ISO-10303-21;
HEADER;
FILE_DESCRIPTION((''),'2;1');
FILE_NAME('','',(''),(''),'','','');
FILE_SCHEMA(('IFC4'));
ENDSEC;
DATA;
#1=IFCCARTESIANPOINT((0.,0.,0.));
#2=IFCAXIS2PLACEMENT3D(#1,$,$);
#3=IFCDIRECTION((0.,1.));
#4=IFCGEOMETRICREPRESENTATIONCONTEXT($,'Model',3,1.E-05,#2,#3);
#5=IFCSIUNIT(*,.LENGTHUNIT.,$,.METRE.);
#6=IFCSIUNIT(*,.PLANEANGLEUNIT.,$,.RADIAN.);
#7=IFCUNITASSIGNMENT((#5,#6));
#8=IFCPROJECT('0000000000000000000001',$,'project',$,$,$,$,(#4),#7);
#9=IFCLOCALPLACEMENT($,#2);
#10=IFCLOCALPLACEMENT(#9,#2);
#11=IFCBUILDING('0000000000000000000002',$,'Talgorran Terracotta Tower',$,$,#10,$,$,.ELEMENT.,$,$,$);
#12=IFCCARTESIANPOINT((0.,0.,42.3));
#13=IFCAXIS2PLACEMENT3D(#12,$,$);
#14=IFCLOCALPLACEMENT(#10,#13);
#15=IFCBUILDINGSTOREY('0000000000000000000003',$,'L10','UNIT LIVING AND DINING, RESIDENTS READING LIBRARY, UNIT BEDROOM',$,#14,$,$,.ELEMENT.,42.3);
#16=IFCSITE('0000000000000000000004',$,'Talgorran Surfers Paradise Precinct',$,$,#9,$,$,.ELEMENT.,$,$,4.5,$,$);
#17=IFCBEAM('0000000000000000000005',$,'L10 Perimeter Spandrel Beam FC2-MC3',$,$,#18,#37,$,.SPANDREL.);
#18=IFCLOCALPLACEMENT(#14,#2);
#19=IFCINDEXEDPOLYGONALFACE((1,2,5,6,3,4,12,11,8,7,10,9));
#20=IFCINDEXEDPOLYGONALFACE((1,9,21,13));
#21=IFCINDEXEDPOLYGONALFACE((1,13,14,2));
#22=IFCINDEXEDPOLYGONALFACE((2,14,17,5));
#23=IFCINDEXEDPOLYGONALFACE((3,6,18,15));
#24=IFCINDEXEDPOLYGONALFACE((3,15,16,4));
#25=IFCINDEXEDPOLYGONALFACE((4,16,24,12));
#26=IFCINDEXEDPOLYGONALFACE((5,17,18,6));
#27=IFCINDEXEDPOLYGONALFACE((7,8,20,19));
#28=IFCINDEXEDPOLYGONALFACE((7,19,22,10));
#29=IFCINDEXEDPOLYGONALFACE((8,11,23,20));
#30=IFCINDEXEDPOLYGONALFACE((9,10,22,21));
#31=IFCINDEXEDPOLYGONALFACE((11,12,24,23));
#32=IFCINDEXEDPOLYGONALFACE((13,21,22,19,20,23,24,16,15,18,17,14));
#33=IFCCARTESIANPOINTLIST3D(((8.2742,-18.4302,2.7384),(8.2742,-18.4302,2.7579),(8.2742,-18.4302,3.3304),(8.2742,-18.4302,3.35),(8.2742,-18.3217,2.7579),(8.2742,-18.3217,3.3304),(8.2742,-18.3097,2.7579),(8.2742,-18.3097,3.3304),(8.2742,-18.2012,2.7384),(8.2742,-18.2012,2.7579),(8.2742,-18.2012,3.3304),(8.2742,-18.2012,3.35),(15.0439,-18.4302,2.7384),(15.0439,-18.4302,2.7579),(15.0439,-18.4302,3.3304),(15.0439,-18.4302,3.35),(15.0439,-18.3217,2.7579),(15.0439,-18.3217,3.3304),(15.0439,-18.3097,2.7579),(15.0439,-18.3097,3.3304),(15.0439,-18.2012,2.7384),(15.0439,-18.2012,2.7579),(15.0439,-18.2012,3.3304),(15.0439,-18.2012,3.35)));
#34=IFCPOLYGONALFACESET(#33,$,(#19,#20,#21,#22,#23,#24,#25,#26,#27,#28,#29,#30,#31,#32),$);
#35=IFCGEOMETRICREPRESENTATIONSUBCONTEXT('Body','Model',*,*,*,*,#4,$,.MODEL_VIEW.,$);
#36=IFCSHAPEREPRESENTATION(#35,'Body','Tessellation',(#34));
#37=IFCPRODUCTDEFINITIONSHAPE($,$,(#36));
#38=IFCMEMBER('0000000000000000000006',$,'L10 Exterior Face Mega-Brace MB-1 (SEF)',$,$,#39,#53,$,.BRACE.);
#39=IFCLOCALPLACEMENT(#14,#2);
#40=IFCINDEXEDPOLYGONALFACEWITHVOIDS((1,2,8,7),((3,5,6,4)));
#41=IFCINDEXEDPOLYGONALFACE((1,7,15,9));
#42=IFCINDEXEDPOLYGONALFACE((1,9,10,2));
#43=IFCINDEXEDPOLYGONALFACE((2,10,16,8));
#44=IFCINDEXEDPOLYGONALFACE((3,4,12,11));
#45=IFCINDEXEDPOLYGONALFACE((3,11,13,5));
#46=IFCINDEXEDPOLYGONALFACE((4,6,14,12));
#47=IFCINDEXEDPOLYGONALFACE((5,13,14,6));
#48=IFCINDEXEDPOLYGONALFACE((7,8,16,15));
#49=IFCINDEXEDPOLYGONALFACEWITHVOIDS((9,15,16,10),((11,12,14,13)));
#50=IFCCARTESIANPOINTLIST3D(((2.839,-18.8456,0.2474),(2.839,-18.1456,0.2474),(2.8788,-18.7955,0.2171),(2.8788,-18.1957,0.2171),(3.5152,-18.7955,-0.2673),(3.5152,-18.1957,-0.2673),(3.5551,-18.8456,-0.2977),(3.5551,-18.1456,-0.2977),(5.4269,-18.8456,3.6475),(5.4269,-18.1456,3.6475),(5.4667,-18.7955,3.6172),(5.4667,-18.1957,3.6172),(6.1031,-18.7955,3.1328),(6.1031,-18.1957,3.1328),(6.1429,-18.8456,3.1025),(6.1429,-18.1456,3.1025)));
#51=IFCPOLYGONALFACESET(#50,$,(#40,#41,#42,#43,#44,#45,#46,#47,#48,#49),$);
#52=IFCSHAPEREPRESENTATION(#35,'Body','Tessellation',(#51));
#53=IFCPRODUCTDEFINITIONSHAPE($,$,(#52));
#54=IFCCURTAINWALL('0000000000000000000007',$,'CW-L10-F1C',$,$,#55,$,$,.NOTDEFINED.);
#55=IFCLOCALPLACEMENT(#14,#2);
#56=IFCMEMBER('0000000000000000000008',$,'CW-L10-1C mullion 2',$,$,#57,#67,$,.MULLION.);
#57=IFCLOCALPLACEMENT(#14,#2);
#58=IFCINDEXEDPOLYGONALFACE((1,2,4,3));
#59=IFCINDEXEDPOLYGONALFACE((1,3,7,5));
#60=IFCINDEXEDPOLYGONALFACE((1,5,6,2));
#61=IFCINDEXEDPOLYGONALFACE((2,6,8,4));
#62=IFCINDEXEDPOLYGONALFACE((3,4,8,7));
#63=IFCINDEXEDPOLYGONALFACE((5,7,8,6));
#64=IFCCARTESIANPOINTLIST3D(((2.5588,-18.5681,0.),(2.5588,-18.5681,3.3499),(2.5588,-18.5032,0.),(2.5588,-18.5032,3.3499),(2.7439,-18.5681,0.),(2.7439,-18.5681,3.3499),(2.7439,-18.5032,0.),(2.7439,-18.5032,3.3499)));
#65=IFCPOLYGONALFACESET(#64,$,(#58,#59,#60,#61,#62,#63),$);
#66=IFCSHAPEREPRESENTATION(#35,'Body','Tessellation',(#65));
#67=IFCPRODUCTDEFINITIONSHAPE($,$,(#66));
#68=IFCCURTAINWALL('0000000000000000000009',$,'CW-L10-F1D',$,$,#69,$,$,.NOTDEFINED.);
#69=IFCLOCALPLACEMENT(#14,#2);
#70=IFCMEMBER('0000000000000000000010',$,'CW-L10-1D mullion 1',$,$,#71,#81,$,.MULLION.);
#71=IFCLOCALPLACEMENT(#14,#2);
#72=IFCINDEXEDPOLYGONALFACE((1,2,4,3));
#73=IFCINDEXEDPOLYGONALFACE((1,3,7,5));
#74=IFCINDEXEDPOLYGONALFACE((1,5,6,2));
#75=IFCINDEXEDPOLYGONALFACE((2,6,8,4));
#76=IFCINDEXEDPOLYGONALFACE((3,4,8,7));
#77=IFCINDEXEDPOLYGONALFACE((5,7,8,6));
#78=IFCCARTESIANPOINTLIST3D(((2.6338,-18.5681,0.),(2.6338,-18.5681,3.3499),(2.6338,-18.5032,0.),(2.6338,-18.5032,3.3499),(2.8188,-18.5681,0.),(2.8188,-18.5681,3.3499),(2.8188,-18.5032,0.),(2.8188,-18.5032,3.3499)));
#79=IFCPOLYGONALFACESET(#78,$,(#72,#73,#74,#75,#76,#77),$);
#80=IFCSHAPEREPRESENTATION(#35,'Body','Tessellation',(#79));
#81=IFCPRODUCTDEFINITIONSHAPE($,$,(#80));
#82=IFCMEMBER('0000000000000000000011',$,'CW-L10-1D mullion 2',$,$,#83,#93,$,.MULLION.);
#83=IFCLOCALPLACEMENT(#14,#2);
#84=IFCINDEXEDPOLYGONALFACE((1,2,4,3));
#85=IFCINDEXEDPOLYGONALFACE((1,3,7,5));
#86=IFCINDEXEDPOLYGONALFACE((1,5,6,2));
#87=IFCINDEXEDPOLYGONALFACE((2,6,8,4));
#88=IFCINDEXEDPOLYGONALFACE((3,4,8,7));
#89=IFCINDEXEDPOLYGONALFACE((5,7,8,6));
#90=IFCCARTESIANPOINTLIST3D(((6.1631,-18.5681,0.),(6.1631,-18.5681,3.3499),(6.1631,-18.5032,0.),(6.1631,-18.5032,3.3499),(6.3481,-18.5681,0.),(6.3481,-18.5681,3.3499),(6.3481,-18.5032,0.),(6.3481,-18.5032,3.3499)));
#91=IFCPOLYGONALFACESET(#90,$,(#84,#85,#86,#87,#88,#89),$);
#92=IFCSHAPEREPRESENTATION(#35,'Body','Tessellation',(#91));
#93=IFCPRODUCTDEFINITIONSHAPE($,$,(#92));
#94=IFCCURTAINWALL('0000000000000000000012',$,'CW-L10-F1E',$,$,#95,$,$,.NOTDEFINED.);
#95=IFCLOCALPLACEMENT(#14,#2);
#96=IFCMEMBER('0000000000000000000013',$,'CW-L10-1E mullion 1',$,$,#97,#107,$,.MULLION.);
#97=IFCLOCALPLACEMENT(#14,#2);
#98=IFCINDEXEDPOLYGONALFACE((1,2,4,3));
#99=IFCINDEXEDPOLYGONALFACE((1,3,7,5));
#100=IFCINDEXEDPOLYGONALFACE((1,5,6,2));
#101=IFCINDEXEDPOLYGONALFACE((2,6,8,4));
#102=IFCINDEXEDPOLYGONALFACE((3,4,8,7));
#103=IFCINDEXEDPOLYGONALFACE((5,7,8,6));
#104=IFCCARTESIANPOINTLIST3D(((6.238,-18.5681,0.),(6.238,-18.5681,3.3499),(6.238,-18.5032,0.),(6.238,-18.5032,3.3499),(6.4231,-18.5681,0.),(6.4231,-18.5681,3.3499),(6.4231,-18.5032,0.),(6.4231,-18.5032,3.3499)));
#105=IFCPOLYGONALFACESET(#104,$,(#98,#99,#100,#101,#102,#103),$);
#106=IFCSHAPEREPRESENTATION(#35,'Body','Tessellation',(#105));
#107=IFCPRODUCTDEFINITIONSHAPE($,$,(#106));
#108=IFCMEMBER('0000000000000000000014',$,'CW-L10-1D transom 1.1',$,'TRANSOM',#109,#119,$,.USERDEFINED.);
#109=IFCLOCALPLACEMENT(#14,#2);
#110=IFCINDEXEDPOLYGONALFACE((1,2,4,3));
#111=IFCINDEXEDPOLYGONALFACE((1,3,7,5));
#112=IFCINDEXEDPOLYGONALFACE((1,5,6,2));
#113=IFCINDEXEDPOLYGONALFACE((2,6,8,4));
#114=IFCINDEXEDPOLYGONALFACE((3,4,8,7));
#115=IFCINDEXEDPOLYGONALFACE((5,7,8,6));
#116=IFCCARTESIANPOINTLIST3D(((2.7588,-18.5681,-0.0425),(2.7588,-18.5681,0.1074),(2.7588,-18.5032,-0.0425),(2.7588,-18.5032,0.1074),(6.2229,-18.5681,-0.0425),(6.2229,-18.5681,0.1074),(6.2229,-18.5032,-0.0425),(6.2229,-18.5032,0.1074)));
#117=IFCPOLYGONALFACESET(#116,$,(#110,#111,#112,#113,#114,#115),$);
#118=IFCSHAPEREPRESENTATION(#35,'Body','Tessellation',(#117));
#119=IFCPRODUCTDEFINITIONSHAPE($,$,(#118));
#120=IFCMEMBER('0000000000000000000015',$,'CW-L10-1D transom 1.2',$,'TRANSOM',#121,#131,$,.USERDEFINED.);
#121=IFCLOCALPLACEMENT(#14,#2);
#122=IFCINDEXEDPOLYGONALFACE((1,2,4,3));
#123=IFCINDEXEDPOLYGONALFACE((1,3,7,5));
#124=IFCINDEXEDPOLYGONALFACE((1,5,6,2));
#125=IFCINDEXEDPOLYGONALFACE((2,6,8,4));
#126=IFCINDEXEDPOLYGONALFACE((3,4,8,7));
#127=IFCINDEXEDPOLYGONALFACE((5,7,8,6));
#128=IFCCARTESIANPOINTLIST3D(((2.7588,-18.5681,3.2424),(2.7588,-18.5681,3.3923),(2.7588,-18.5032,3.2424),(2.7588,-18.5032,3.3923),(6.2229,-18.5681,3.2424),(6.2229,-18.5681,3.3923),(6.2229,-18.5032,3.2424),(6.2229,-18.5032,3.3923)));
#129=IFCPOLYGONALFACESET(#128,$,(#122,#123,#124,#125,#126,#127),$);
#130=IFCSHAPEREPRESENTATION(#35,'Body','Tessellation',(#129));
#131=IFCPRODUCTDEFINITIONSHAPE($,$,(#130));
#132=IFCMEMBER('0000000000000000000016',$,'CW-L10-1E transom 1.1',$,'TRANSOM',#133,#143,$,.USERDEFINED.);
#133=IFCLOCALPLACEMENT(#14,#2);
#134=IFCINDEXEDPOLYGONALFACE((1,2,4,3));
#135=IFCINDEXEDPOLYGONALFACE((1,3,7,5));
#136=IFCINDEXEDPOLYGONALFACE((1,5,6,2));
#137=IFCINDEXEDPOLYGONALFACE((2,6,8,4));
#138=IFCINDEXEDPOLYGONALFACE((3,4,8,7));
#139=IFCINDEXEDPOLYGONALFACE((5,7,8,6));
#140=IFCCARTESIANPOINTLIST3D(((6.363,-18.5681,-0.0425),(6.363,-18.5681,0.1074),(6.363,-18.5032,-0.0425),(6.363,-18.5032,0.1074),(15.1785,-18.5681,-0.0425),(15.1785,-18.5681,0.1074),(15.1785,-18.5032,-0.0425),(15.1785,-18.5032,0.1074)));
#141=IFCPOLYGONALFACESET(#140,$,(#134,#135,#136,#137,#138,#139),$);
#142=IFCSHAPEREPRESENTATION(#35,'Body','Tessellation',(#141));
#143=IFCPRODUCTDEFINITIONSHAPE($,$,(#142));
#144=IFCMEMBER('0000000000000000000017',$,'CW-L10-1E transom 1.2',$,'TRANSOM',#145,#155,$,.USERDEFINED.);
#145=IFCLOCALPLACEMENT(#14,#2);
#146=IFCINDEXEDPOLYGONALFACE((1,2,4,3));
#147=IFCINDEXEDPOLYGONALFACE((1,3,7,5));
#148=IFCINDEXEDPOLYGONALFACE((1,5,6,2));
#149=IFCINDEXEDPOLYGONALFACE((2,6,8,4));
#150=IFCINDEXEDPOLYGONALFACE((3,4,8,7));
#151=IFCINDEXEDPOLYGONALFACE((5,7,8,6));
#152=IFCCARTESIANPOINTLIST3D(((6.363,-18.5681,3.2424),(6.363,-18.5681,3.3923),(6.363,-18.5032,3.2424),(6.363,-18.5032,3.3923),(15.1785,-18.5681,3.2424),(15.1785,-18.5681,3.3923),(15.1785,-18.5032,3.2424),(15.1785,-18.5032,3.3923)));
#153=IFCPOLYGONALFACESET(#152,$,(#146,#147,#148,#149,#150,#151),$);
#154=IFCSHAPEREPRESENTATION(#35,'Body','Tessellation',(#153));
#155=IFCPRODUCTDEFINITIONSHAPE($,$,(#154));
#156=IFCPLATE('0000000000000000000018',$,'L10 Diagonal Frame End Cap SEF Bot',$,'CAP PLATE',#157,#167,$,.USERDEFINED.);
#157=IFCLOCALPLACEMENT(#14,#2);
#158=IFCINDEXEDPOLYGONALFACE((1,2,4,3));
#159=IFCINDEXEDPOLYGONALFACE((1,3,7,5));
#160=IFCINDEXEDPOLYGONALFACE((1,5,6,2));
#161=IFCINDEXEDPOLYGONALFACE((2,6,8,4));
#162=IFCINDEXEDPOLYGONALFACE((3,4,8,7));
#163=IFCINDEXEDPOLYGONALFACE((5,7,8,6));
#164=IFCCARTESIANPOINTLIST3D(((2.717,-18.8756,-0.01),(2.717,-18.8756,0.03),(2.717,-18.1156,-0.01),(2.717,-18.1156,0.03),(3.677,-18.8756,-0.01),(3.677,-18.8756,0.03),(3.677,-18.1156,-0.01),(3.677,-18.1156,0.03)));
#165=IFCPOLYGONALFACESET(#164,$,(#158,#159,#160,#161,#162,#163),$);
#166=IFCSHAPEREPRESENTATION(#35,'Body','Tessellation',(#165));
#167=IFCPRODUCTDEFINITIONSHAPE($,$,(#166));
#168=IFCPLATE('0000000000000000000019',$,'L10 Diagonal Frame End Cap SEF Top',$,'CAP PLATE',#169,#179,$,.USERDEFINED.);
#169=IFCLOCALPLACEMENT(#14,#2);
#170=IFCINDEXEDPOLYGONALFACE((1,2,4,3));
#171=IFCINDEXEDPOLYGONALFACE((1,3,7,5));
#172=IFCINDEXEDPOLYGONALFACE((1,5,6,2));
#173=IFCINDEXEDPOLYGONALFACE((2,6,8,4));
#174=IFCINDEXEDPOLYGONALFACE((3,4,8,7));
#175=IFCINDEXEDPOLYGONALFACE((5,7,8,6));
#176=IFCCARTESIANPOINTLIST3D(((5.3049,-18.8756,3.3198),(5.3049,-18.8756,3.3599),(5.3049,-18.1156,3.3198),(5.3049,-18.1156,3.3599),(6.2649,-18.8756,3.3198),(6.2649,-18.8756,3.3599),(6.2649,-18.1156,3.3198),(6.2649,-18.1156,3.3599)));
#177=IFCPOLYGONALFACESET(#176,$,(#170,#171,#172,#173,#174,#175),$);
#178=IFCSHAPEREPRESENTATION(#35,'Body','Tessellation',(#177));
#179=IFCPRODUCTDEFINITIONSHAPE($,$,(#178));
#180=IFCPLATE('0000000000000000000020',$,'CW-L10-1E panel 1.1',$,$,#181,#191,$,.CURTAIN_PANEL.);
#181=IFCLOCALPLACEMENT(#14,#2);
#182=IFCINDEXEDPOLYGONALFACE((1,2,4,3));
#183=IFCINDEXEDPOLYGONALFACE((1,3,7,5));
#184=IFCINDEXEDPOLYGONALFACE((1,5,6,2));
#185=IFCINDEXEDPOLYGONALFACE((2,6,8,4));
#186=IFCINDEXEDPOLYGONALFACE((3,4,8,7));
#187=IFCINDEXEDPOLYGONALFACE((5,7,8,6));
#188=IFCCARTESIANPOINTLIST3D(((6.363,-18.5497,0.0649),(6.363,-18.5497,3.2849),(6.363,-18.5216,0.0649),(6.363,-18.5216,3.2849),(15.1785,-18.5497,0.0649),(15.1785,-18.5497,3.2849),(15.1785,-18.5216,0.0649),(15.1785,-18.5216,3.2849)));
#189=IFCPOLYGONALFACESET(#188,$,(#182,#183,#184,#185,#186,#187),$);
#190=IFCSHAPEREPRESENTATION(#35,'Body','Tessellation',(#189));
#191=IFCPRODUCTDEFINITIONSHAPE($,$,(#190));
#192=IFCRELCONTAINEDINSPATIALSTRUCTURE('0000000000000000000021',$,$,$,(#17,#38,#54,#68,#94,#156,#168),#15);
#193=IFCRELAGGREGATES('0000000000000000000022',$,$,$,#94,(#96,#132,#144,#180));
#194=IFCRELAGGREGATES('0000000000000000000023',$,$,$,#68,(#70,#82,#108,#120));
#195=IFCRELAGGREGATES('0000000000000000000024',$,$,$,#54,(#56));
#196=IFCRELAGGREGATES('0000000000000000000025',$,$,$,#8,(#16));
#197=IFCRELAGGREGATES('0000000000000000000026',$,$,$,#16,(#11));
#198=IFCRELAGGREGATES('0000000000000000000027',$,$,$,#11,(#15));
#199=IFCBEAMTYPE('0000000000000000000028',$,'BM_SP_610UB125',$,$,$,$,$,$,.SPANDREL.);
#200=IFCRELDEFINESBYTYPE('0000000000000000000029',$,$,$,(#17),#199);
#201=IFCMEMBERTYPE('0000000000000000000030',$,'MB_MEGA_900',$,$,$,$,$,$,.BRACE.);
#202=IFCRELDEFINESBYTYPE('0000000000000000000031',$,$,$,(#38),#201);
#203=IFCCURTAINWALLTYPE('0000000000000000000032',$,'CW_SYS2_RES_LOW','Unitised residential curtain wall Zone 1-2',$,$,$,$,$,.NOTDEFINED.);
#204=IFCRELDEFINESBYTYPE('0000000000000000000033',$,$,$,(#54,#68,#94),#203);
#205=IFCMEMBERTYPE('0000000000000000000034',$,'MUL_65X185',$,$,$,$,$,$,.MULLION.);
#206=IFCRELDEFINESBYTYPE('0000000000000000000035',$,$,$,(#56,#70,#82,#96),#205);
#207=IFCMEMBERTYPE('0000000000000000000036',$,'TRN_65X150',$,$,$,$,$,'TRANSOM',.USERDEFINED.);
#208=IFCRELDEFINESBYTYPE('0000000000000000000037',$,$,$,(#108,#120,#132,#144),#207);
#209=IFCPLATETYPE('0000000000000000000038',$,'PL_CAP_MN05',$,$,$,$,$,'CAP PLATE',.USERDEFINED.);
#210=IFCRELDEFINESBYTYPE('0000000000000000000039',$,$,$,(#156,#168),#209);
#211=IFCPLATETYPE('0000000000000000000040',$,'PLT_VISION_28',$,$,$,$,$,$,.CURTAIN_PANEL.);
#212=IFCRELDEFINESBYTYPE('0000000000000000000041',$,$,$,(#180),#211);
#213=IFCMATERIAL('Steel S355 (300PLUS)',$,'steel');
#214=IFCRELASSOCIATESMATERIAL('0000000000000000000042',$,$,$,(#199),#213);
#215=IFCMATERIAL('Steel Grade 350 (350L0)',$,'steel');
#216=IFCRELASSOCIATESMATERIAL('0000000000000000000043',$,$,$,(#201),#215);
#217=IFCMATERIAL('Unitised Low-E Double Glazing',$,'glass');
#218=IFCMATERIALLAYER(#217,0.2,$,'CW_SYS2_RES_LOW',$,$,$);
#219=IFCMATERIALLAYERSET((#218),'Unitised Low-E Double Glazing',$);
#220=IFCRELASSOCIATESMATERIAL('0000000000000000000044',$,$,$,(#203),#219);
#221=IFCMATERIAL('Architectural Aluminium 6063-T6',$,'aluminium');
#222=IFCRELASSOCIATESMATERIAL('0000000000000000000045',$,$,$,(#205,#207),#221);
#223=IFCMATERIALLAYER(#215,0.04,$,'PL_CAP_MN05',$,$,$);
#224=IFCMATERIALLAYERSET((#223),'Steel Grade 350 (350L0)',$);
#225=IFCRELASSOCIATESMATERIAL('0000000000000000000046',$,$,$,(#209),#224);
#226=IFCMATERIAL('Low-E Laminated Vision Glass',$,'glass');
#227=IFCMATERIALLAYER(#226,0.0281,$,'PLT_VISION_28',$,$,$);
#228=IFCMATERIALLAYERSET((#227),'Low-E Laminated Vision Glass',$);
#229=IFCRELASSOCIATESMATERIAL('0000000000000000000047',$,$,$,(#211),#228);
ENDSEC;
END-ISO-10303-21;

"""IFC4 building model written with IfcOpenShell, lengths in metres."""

from ifc_helpers import new_model, si_unit, direction, frame, origin, origin_2d, place, context, subcontext, project, spatial, rectangle, hollow_rectangle, i_section, extrude, source, transform, mapped, material, layer, layer_set, material_profile, profile_set, type_object, element, aggregate, save


model = new_model("IFC4")

# Units and contexts
model_context = context("Model", 3, precision=1e-05, world=origin(), true_north=direction((0.0, 1.0)))
body_context = subcontext(model_context, "Body", "Model", "MODEL_VIEW")
ifc_project = project(units=[si_unit("LENGTHUNIT", "METRE"), si_unit("PLANEANGLEUNIT", "RADIAN")], contexts=[model_context])

# Site, building, storey
site_placement = place(None, origin())
site = spatial("IfcSite", under=ifc_project, at=site_placement, Name="Talgorran Surfers Paradise Precinct", CompositionType="ELEMENT", RefElevation=4.5)
building_placement = place(site_placement, origin())
building = spatial("IfcBuilding", under=site, at=building_placement, Name="Talgorran Terracotta Tower", CompositionType="ELEMENT")
storey_placement = place(building_placement, frame((0.0, 0.0, 42.3)))
storey = spatial("IfcBuildingStorey", under=building, at=storey_placement, Name="L10", Description="UNIT LIVING AND DINING, RESIDENTS READING LIBRARY, UNIT BEDROOM", CompositionType="ELEMENT", Elevation=42.3)

# Beam
ifc_material_1 = material(Name="Steel S355 (300PLUS)", Category="steel")
ifc_material_profile_1 = material_profile(ifc_material_1, i_section(OverallWidth=0.229, OverallDepth=0.6116, WebThickness=0.012, FlangeThickness=0.0195, at=origin_2d()), Name="610UB125")
ifc_profile_set_1 = profile_set([ifc_material_profile_1], Name="Steel S355 (300PLUS)")
beam_type = type_object("IfcBeamType", Name="BM_SP_610UB125", PredefinedType="SPANDREL", material=ifc_profile_set_1)
beam_placement = place(storey_placement, frame((8.2742, -18.3157, 3.0442), z_axis=(1.0, 0.0, 0.0), x_axis=(0.0, 1.0, 0.0)))
element("IfcBeam", 1, at=beam_placement, inside=storey, type_object=beam_type, Name="L10 Perimeter Spandrel Beam FC2-MC3", PredefinedType="SPANDREL", context=body_context, shape_type="SweptSolid", body=[
    extrude(i_section(OverallWidth=0.229, OverallDepth=0.6116, WebThickness=0.012, FlangeThickness=0.0195, at=origin_2d()), origin(), (0.0, 0.0, 1.0), 6.7698),
])

# Member
ifc_material_2 = material(Name="Steel Grade 350 (350L0)", Category="steel")
ifc_material_profile_2 = material_profile(ifc_material_2, hollow_rectangle(XDim=0.7, YDim=0.8999, WallThickness=0.05, at=origin_2d()), Name="WBOX900X700X50")
ifc_profile_set_2 = profile_set([ifc_material_profile_2], Name="Steel Grade 350 (350L0)")
member_type_1 = type_object("IfcMemberType", Name="MB_MEGA_900", PredefinedType="BRACE", material=ifc_profile_set_2)
member_1_placement = place(storey_placement, frame((3.197, -18.4956, -0.0251), z_axis=(0.605644, 0.0, 0.795736), x_axis=(0.0, 1.0, 0.0)))
element("IfcMember", 2, at=member_1_placement, inside=storey, type_object=member_type_1, Name="L10 Exterior Face Mega-Brace MB-1 (SEF)", PredefinedType="BRACE", context=body_context, shape_type="SweptSolid", body=[
    extrude(hollow_rectangle(XDim=0.7, YDim=0.8999, WallThickness=0.05, at=origin_2d()), origin(), (0.0, 0.0, 1.0), 4.2729),
])

# Curtain wall, member
ifc_material_3 = material(Name="Unitised Low-E Double Glazing", Category="glass")
ifc_layer_1 = layer(ifc_material_3, 0.2, Name="CW_SYS2_RES_LOW")
ifc_layer_set_1 = layer_set([ifc_layer_1], Name="Unitised Low-E Double Glazing")
curtain_wall_type = type_object("IfcCurtainWallType", Name="CW_SYS2_RES_LOW", Description="Unitised residential curtain wall Zone 1-2", PredefinedType="NOTDEFINED", material=ifc_layer_set_1)
curtain_wall_1_placement = place(storey_placement, origin())
curtain_wall_1 = element("IfcCurtainWall", 3, at=curtain_wall_1_placement, inside=storey, type_object=curtain_wall_type, Name="CW-L10-F1C", PredefinedType="NOTDEFINED")
ifc_material_4 = material(Name="Architectural Aluminium 6063-T6", Category="aluminium")
ifc_material_profile_3 = material_profile(ifc_material_4, rectangle(XDim=0.0649, YDim=0.1851, at=origin_2d()), Name="CWM65X185")
ifc_profile_set_3 = profile_set([ifc_material_profile_3], Name="Architectural Aluminium 6063-T6")
member_type_2 = type_object("IfcMemberType", Name="MUL_65X185", PredefinedType="MULLION", material=ifc_profile_set_3)
member_2_placement = place(storey_placement, frame((2.6514, -18.5356, 0.0), z_axis=(0.0, 0.0, 1.0), x_axis=(0.0, 1.0, 0.0)))
member_2 = element("IfcMember", 4, at=member_2_placement, type_object=member_type_2, Name="CW-L10-1C mullion 2", PredefinedType="MULLION", context=body_context, shape_type="SweptSolid", body=[
    extrude(rectangle(XDim=0.0649, YDim=0.1851, at=origin_2d()), origin(), (0.0, 0.0, 1.0), 3.3499),
])

# Curtain wall, members
curtain_wall_2_placement = place(storey_placement, origin())
curtain_wall_2 = element("IfcCurtainWall", 5, at=curtain_wall_2_placement, inside=storey, type_object=curtain_wall_type, Name="CW-L10-F1D", PredefinedType="NOTDEFINED")
member_3_placement = place(storey_placement, frame((2.7263, -18.5356, 0.0), z_axis=(0.0, 0.0, 1.0), x_axis=(0.0, 1.0, 0.0)))
member_3 = element("IfcMember", 6, at=member_3_placement, type_object=member_type_2, Name="CW-L10-1D mullion 1", PredefinedType="MULLION", context=body_context, shape_type="SweptSolid", body=[
    extrude(rectangle(XDim=0.0649, YDim=0.1851, at=origin_2d()), origin(), (0.0, 0.0, 1.0), 3.3499),
])
member_4_placement = place(storey_placement, frame((6.2556, -18.5356, 0.0), z_axis=(0.0, 0.0, 1.0), x_axis=(0.0, 1.0, 0.0)))
member_4 = element("IfcMember", 7, at=member_4_placement, type_object=member_type_2, Name="CW-L10-1D mullion 2", PredefinedType="MULLION", context=body_context, shape_type="SweptSolid", body=[
    extrude(rectangle(XDim=0.0649, YDim=0.1851, at=origin_2d()), origin(), (0.0, 0.0, 1.0), 3.3499),
])

# Curtain wall, member
curtain_wall_3_placement = place(storey_placement, origin())
curtain_wall_3 = element("IfcCurtainWall", 8, at=curtain_wall_3_placement, inside=storey, type_object=curtain_wall_type, Name="CW-L10-F1E", PredefinedType="NOTDEFINED")
member_5_placement = place(storey_placement, frame((6.3306, -18.5356, 0.0), z_axis=(0.0, 0.0, 1.0), x_axis=(0.0, 1.0, 0.0)))
member_5 = element("IfcMember", 9, at=member_5_placement, type_object=member_type_2, Name="CW-L10-1E mullion 1", PredefinedType="MULLION", context=body_context, shape_type="SweptSolid", body=[
    extrude(rectangle(XDim=0.0649, YDim=0.1851, at=origin_2d()), origin(), (0.0, 0.0, 1.0), 3.3499),
])

# Members
ifc_material_profile_4 = material_profile(ifc_material_4, rectangle(XDim=0.0649, YDim=0.1499, at=origin_2d()), Name="CWT65X150")
ifc_profile_set_4 = profile_set([ifc_material_profile_4], Name="Architectural Aluminium 6063-T6")
member_type_3 = type_object("IfcMemberType", Name="TRN_65X150", ElementType="TRANSOM", PredefinedType="USERDEFINED", material=ifc_profile_set_4)
member_6_placement = place(storey_placement, frame((2.7588, -18.5356, 0.0325), z_axis=(1.0, 0.0, 0.0), x_axis=(0.0, 1.0, 0.0)))
member_6 = element("IfcMember", 10, at=member_6_placement, type_object=member_type_3, Name="CW-L10-1D transom 1.1", ObjectType="TRANSOM", PredefinedType="USERDEFINED", context=body_context, shape_type="SweptSolid", body=[
    extrude(rectangle(XDim=0.0649, YDim=0.1499, at=origin_2d()), origin(), (0.0, 0.0, 1.0), 3.4641),
])
member_7_placement = place(storey_placement, frame((2.7588, -18.5356, 3.3174), z_axis=(1.0, 0.0, 0.0), x_axis=(0.0, 1.0, 0.0)))
member_7 = element("IfcMember", 11, at=member_7_placement, type_object=member_type_3, Name="CW-L10-1D transom 1.2", ObjectType="TRANSOM", PredefinedType="USERDEFINED", context=body_context, shape_type="SweptSolid", body=[
    extrude(rectangle(XDim=0.0649, YDim=0.1499, at=origin_2d()), origin(), (0.0, 0.0, 1.0), 3.4641),
])
member_8_placement = place(storey_placement, frame((6.363, -18.5356, 0.0325), z_axis=(1.0, 0.0, 0.0), x_axis=(0.0, 1.0, 0.0)))
member_8 = element("IfcMember", 12, at=member_8_placement, type_object=member_type_3, Name="CW-L10-1E transom 1.1", ObjectType="TRANSOM", PredefinedType="USERDEFINED", context=body_context, shape_type="SweptSolid", body=[
    extrude(rectangle(XDim=0.0649, YDim=0.1499, at=origin_2d()), origin(), (0.0, 0.0, 1.0), 8.8154),
])
member_9_placement = place(storey_placement, frame((6.363, -18.5356, 3.3174), z_axis=(1.0, 0.0, 0.0), x_axis=(0.0, 1.0, 0.0)))
member_9 = element("IfcMember", 13, at=member_9_placement, type_object=member_type_3, Name="CW-L10-1E transom 1.2", ObjectType="TRANSOM", PredefinedType="USERDEFINED", context=body_context, shape_type="SweptSolid", body=[
    extrude(rectangle(XDim=0.0649, YDim=0.1499, at=origin_2d()), origin(), (0.0, 0.0, 1.0), 8.8154),
])

# Plates
ifc_layer_2 = layer(ifc_material_2, 0.04, Name="PL_CAP_MN05")
ifc_layer_set_2 = layer_set([ifc_layer_2], Name="Steel Grade 350 (350L0)")
plate_type_1 = type_object("IfcPlateType", Name="PL_CAP_MN05", ElementType="CAP PLATE", PredefinedType="USERDEFINED", material=ifc_layer_set_2)
for number, where, z_axis, x_axis, name in (
    (14, (3.197, -18.4956, -0.01), (0.0, 0.0, 1.0), (1.0, 0.0, 0.0), "L10 Diagonal Frame End Cap SEF Bot"),
    (15, (5.7849, -18.4956, 3.3198), (0.0, 0.0, 1.0), (1.0, 0.0, 0.0), "L10 Diagonal Frame End Cap SEF Top"),
):
    element("IfcPlate", number, at=place(storey_placement, frame(where, z_axis=z_axis, x_axis=x_axis)), inside=storey, type_object=plate_type_1, Name=name, ObjectType="CAP PLATE", PredefinedType="USERDEFINED", context=body_context, shape_type="SweptSolid", body=[
        extrude(rectangle(XDim=0.96, YDim=0.76, at=origin_2d()), origin(), (0.0, 0.0, 1.0), 0.04),
    ])

# Plate
ifc_material_5 = material(Name="Low-E Laminated Vision Glass", Category="glass")
ifc_layer_3 = layer(ifc_material_5, 0.0281, Name="PLT_VISION_28")
ifc_layer_set_3 = layer_set([ifc_layer_3], Name="Low-E Laminated Vision Glass")
plate_type_2 = type_object("IfcPlateType", Name="PLT_VISION_28", PredefinedType="CURTAIN_PANEL", material=ifc_layer_set_3)
shared_shape_1 = source(origin(), body_context, "Body", "SweptSolid", [
    extrude(rectangle(XDim=8.8154, YDim=0.0281, at=origin_2d()), origin(), (0.0, 0.0, 1.0), 3.22),
])
plate_1_placement = place(storey_placement, frame((10.7708, -18.5356, 0.0649), z_axis=(0.0, 0.0, 1.0), x_axis=(1.0, 0.0, 0.0)))
plate_1 = element("IfcPlate", 16, at=plate_1_placement, type_object=plate_type_2, Name="CW-L10-1E panel 1.1", PredefinedType="CURTAIN_PANEL", context=body_context, shape_type="MappedRepresentation", body=[
    mapped(shared_shape_1, transform((0.0, 0.0, 0.0), scale=1.0)),
])
aggregate(curtain_wall_3, [member_5, member_8, member_9, plate_1])
aggregate(curtain_wall_2, [member_3, member_4, member_6, member_7])
aggregate(curtain_wall_1, [member_2])

save(model, "model.ifc")
